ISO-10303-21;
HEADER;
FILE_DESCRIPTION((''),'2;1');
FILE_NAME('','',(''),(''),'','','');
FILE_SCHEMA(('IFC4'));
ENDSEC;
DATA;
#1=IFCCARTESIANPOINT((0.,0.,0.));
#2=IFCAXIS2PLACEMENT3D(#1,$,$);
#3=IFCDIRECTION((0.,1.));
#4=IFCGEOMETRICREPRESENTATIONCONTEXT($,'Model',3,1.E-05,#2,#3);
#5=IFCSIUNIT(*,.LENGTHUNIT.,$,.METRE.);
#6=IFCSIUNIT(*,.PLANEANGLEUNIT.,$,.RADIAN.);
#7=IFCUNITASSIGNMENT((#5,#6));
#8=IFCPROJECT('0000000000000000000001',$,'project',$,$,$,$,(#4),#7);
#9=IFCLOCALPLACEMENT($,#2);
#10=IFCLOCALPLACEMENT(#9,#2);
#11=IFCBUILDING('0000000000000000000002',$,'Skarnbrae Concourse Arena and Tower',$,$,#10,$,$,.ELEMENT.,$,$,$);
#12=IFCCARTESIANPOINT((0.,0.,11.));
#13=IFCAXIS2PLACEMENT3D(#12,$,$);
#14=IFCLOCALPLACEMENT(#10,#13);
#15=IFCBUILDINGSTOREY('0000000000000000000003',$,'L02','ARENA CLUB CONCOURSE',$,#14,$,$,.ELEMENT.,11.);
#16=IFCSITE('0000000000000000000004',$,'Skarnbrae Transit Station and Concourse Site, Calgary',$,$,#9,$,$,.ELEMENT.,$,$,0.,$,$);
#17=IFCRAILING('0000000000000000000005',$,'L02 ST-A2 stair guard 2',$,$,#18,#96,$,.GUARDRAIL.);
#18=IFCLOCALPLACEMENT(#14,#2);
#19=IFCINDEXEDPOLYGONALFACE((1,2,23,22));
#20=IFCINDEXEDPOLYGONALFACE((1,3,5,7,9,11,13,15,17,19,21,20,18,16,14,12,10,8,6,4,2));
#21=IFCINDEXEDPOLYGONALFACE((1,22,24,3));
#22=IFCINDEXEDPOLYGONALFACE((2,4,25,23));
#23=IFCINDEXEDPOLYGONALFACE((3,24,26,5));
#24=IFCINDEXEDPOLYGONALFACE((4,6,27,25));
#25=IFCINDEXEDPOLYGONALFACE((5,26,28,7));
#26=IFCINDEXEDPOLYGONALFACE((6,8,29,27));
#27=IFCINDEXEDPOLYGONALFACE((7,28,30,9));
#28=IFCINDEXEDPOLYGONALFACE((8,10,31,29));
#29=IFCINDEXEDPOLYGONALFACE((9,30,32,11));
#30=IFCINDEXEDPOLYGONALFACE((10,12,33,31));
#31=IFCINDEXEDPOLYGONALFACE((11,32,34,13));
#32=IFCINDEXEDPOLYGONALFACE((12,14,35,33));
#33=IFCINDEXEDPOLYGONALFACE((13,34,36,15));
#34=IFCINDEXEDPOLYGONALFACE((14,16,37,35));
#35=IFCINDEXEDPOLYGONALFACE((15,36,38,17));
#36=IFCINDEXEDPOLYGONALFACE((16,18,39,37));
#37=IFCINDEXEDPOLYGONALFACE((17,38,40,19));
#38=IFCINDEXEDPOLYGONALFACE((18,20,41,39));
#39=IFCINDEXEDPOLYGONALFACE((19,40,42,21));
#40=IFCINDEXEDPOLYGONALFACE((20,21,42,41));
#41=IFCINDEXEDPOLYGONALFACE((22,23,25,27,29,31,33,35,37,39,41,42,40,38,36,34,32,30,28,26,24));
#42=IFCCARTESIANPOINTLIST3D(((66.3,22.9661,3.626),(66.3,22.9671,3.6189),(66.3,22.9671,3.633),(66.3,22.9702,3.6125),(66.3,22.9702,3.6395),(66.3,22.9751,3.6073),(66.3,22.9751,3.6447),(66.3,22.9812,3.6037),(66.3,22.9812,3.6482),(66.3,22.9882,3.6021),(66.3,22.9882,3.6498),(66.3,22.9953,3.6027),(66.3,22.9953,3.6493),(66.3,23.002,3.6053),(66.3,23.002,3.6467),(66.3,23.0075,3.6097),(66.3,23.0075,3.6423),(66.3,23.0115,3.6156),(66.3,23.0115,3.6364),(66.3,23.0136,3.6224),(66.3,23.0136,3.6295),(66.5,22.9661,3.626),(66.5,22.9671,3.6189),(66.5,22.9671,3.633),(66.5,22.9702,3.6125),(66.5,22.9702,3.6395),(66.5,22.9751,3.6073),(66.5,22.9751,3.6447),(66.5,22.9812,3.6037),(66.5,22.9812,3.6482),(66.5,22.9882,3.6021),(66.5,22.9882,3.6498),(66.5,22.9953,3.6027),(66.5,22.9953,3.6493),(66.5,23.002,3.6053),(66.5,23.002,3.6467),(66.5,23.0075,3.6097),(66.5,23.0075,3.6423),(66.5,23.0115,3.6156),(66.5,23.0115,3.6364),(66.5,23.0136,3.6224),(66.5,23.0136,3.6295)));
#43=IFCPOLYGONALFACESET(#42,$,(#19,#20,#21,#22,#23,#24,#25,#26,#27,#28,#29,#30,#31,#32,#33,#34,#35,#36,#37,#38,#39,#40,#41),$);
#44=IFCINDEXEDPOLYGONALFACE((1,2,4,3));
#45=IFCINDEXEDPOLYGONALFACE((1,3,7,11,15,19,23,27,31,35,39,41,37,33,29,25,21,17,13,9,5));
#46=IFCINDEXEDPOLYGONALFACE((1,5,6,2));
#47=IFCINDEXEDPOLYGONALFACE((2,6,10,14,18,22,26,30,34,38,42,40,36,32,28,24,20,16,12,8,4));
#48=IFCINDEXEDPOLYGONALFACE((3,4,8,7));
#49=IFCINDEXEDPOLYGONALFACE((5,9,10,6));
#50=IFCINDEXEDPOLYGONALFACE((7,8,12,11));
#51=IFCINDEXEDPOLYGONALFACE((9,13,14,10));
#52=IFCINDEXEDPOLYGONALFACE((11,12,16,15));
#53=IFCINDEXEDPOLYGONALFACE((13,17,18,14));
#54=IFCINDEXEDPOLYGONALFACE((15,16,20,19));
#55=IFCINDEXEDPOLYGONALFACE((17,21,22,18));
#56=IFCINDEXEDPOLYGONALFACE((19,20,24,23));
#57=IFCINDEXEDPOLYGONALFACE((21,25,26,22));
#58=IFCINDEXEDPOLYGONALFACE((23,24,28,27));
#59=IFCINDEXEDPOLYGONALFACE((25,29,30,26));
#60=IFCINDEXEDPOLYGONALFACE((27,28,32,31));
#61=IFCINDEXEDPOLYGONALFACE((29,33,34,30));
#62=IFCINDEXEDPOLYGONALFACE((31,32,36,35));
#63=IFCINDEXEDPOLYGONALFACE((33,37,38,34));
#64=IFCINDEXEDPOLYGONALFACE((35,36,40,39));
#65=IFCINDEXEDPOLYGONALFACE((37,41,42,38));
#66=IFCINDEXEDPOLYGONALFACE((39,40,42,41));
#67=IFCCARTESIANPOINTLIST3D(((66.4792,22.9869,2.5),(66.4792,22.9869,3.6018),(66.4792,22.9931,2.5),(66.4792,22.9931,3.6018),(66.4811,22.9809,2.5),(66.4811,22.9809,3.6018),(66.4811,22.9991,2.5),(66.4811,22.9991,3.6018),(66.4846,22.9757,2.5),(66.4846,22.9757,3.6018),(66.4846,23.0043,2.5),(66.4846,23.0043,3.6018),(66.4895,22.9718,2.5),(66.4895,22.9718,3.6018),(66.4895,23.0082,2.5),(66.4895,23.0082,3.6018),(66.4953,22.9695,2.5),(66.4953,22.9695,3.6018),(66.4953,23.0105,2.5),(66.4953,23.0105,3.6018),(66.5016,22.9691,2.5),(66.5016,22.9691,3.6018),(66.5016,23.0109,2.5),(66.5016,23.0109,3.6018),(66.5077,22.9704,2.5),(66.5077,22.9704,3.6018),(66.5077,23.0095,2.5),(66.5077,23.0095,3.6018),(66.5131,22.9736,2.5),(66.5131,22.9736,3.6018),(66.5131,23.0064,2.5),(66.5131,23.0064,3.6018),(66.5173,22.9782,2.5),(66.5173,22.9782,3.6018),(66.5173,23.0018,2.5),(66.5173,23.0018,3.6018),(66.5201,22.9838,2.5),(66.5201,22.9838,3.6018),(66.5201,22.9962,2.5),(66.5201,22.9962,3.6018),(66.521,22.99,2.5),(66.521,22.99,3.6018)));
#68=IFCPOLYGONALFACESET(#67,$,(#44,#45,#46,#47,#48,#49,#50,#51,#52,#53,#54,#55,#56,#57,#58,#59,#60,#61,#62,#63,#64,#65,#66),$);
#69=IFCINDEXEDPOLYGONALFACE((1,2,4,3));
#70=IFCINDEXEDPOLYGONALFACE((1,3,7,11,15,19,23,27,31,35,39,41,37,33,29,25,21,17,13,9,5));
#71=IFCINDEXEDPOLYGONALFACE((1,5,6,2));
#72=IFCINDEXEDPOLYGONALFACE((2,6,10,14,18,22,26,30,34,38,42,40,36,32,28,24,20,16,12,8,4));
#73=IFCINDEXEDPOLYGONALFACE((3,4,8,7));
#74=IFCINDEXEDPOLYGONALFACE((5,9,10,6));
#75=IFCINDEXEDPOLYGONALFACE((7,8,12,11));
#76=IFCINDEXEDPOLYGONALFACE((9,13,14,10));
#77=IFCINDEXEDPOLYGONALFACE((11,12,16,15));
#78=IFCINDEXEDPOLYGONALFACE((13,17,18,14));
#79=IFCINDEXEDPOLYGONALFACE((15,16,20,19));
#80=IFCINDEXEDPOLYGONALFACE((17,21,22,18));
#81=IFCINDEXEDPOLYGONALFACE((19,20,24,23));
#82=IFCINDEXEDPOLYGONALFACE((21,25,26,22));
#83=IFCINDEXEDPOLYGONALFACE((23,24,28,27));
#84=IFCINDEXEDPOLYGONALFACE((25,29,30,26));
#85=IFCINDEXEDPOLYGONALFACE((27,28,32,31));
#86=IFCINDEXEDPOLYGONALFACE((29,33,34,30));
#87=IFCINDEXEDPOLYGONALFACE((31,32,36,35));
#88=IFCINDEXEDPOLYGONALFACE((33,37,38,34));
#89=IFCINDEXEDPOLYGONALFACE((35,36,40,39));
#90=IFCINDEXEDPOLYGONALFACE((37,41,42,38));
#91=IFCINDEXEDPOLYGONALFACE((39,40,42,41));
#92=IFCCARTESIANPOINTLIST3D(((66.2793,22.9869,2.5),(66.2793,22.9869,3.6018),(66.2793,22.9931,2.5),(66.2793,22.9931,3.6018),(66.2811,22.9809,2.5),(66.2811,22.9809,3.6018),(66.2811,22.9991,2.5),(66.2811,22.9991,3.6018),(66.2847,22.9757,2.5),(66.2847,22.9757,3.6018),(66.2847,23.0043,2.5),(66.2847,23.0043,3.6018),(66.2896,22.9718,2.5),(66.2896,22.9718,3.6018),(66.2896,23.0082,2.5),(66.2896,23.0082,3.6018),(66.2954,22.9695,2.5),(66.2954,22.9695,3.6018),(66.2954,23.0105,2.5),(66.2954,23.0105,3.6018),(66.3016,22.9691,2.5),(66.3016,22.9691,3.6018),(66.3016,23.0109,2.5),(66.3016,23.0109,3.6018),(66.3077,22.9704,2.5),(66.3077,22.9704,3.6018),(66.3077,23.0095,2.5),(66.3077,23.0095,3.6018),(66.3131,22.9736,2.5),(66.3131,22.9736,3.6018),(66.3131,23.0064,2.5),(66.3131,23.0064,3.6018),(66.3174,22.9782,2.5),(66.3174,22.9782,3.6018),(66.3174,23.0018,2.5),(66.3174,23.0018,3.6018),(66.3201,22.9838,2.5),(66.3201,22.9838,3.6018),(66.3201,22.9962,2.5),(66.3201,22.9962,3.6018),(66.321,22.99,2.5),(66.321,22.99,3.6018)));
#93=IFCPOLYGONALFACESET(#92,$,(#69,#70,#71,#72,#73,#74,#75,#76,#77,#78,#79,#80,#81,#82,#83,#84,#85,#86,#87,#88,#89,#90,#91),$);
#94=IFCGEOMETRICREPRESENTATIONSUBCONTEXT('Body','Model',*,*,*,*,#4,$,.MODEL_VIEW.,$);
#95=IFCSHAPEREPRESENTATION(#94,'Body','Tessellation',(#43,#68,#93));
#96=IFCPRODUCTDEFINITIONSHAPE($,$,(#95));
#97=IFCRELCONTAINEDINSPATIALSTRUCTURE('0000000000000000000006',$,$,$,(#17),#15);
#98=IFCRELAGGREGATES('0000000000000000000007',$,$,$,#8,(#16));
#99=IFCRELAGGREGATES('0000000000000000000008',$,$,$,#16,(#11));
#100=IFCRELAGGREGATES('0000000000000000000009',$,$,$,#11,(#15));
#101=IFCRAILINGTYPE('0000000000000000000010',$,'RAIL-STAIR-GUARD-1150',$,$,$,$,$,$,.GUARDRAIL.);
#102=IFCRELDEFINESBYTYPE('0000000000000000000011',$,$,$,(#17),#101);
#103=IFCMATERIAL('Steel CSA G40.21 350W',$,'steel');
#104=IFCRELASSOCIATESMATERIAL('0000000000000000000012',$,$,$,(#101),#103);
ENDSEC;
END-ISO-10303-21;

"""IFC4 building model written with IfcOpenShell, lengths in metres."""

from ifc_helpers import new_model, si_unit, direction, frame, origin, origin_2d, place, context, subcontext, project, spatial, circle, extrude, material, type_object, element, save


model = new_model("IFC4")

# Units and contexts
model_context = context("Model", 3, precision=1e-05, world=origin(), true_north=direction((0.0, 1.0)))
body_context = subcontext(model_context, "Body", "Model", "MODEL_VIEW")
ifc_project = project(units=[si_unit("LENGTHUNIT", "METRE"), si_unit("PLANEANGLEUNIT", "RADIAN")], contexts=[model_context])

# Site, building, storey
site_placement = place(None, origin())
site = spatial("IfcSite", under=ifc_project, at=site_placement, Name="Skarnbrae Transit Station and Concourse Site, Calgary", CompositionType="ELEMENT", RefElevation=0.0)
building_placement = place(site_placement, origin())
building = spatial("IfcBuilding", under=site, at=building_placement, Name="Skarnbrae Concourse Arena and Tower", CompositionType="ELEMENT")
storey_placement = place(building_placement, frame((0.0, 0.0, 11.0)))
storey = spatial("IfcBuildingStorey", under=building, at=storey_placement, Name="L02", Description="ARENA CLUB CONCOURSE", CompositionType="ELEMENT", Elevation=11.0)

# Shared definitions
ifc_material_1 = material(Name="Steel CSA G40.21 350W", Category="steel")

# Railing
railing_type_1 = type_object("IfcRailingType", Name="RAIL-STAIR-GUARD-1150", PredefinedType="GUARDRAIL", material=ifc_material_1)
railing_1_placement = place(storey_placement, frame((66.5, 22.99, 2.5)))
element("IfcRailing", 1, at=railing_1_placement, inside=storey, type_object=railing_type_1, Name="L02 ST-A2 stair guard 2", PredefinedType="GUARDRAIL", context=body_context, shape_type="SweptSolid", body=[
    extrude(circle(Radius=0.0239, at=origin_2d()), frame((0.0, 0.0, 1.126), z_axis=(-1.0, 0.0, 0.0), x_axis=(0.0, -1.0, 0.0)), (0.0, 0.0, 1.0), 0.2),
    extrude(circle(Radius=0.021, at=origin_2d()), origin(), (0.0, 0.0, 1.0), 1.1018),
    extrude(circle(Radius=0.021, at=origin_2d()), frame((-0.2, 0.0, 0.0)), (0.0, 0.0, 1.0), 1.1018),
])

save(model, "model.ifc")
